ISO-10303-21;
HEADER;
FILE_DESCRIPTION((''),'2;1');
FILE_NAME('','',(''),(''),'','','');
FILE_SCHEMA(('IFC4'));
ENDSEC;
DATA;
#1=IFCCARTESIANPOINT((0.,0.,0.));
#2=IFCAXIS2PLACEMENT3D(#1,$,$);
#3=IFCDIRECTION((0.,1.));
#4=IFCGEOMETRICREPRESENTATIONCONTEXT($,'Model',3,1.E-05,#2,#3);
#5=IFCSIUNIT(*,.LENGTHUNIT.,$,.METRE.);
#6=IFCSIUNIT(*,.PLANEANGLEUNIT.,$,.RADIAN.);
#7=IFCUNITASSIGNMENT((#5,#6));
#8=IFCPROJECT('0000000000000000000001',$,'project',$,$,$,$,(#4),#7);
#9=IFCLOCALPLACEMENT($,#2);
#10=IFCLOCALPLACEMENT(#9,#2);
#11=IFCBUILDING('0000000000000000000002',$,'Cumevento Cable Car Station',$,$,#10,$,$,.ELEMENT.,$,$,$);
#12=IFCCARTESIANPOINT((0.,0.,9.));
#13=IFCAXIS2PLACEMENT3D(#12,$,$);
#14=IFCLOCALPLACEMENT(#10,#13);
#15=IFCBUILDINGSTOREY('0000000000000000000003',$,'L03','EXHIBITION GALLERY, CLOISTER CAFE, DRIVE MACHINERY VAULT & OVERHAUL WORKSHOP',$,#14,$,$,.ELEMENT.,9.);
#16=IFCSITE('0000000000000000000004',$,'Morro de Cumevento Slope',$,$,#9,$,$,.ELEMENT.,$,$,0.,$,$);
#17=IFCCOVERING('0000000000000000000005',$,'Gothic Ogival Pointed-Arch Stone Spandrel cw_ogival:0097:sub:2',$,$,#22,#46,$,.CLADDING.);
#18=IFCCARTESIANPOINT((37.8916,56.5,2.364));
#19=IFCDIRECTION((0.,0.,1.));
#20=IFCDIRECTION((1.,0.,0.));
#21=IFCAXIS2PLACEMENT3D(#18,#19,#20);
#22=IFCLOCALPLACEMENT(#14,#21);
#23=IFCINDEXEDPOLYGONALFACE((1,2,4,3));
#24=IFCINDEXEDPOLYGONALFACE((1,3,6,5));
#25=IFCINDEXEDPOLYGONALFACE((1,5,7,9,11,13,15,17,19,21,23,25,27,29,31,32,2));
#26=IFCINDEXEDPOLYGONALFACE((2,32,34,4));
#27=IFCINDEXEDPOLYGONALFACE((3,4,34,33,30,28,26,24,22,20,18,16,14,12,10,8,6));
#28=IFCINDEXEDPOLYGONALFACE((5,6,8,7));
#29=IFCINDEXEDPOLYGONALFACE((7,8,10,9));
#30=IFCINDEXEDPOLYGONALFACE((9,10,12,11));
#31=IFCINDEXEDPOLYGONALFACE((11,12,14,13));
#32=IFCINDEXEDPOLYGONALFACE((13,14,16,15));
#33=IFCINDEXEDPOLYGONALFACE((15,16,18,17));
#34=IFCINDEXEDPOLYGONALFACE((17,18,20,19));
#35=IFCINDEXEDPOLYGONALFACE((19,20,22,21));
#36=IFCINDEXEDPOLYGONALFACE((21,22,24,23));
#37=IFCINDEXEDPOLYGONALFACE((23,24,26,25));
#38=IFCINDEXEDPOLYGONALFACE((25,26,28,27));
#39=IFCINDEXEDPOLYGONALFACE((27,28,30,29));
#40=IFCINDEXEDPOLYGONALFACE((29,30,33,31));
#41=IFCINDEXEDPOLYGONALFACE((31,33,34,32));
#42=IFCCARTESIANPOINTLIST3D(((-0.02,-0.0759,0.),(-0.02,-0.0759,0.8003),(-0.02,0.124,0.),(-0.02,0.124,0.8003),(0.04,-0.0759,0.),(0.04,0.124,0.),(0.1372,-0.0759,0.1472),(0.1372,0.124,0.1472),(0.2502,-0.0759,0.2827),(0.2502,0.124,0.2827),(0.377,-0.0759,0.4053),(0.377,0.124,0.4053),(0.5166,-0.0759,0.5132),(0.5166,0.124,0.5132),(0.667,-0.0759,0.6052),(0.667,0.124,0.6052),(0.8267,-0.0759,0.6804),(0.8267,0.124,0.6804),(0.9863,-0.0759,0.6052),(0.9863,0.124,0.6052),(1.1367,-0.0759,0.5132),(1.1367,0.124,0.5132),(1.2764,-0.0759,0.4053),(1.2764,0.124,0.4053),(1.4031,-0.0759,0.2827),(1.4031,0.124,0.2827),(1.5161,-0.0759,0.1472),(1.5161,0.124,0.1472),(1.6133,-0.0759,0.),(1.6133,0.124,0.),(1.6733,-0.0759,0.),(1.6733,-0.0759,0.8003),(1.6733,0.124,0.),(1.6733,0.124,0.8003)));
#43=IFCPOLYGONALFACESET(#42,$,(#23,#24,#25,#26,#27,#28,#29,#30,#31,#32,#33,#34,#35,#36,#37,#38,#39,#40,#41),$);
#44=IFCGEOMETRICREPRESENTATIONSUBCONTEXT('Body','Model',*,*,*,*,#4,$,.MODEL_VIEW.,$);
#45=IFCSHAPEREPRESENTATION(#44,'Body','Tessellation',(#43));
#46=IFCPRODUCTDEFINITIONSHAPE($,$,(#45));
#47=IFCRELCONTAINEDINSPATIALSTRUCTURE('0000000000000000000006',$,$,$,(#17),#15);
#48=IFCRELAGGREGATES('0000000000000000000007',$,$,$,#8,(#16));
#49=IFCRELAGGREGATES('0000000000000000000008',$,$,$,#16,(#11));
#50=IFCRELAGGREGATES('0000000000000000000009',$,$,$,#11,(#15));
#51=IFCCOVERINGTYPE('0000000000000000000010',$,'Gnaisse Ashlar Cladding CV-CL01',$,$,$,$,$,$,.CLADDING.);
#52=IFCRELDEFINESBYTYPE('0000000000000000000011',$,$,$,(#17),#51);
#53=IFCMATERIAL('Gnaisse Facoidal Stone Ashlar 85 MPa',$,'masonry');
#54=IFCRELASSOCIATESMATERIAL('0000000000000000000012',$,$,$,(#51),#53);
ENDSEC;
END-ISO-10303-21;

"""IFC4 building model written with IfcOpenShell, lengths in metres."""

from ifc_helpers import new_model, si_unit, direction, frame, origin, place, context, subcontext, project, spatial, polyline, outline, extrude, material, type_object, element, save


model = new_model("IFC4")

# Units and contexts
model_context = context("Model", 3, precision=1e-05, world=origin(), true_north=direction((0.0, 1.0)))
body_context = subcontext(model_context, "Body", "Model", "MODEL_VIEW")
ifc_project = project(units=[si_unit("LENGTHUNIT", "METRE"), si_unit("PLANEANGLEUNIT", "RADIAN")], contexts=[model_context])

# Site, building, storey
site_placement = place(None, origin())
site = spatial("IfcSite", under=ifc_project, at=site_placement, Name="Morro de Cumevento Slope", CompositionType="ELEMENT", RefElevation=0.0)
building_placement = place(site_placement, origin())
building = spatial("IfcBuilding", under=site, at=building_placement, Name="Cumevento Cable Car Station", CompositionType="ELEMENT")
storey_placement = place(building_placement, frame((0.0, 0.0, 9.0)))
storey = spatial("IfcBuildingStorey", under=building, at=storey_placement, Name="L03", Description="EXHIBITION GALLERY, CLOISTER CAFE, DRIVE MACHINERY VAULT & OVERHAUL WORKSHOP", CompositionType="ELEMENT", Elevation=9.0)

# Covering
ifc_material_1 = material(Name="Gnaisse Facoidal Stone Ashlar 85 MPa", Category="masonry")
covering_type = type_object("IfcCoveringType", Name="Gnaisse Ashlar Cladding CV-CL01", PredefinedType="CLADDING", material=ifc_material_1)
covering_placement = place(storey_placement, frame((37.8916, 56.5, 2.364), z_axis=(0.0, 0.0, 1.0), x_axis=(1.0, 0.0, 0.0)))
element("IfcCovering", 1, at=covering_placement, inside=storey, type_object=covering_type, Name="Gothic Ogival Pointed-Arch Stone Spandrel cw_ogival:0097:sub:2", PredefinedType="CLADDING", context=body_context, shape_type="SweptSolid", body=[
    extrude(outline(polyline([(-0.02, 0.0), (-0.02, 0.8003), (1.6733, 0.8003), (1.6733, 0.0), (1.6133, 0.0), (1.5161, 0.1472), (1.4031, 0.2827), (1.2764, 0.4053), (1.1367, 0.5132), (0.9863, 0.6052), (0.8267, 0.6804), (0.667, 0.6052), (0.5166, 0.5132), (0.377, 0.4053), (0.2502, 0.2827), (0.1372, 0.1472), (0.04, 0.0), (-0.02, 0.0)])), frame((0.0, 0.124, 0.0), z_axis=(0.0, -1.0, 0.0), x_axis=(1.0, 0.0, 0.0)), (0.0, 0.0, 1.0), 0.2),
])

save(model, "model.ifc")
